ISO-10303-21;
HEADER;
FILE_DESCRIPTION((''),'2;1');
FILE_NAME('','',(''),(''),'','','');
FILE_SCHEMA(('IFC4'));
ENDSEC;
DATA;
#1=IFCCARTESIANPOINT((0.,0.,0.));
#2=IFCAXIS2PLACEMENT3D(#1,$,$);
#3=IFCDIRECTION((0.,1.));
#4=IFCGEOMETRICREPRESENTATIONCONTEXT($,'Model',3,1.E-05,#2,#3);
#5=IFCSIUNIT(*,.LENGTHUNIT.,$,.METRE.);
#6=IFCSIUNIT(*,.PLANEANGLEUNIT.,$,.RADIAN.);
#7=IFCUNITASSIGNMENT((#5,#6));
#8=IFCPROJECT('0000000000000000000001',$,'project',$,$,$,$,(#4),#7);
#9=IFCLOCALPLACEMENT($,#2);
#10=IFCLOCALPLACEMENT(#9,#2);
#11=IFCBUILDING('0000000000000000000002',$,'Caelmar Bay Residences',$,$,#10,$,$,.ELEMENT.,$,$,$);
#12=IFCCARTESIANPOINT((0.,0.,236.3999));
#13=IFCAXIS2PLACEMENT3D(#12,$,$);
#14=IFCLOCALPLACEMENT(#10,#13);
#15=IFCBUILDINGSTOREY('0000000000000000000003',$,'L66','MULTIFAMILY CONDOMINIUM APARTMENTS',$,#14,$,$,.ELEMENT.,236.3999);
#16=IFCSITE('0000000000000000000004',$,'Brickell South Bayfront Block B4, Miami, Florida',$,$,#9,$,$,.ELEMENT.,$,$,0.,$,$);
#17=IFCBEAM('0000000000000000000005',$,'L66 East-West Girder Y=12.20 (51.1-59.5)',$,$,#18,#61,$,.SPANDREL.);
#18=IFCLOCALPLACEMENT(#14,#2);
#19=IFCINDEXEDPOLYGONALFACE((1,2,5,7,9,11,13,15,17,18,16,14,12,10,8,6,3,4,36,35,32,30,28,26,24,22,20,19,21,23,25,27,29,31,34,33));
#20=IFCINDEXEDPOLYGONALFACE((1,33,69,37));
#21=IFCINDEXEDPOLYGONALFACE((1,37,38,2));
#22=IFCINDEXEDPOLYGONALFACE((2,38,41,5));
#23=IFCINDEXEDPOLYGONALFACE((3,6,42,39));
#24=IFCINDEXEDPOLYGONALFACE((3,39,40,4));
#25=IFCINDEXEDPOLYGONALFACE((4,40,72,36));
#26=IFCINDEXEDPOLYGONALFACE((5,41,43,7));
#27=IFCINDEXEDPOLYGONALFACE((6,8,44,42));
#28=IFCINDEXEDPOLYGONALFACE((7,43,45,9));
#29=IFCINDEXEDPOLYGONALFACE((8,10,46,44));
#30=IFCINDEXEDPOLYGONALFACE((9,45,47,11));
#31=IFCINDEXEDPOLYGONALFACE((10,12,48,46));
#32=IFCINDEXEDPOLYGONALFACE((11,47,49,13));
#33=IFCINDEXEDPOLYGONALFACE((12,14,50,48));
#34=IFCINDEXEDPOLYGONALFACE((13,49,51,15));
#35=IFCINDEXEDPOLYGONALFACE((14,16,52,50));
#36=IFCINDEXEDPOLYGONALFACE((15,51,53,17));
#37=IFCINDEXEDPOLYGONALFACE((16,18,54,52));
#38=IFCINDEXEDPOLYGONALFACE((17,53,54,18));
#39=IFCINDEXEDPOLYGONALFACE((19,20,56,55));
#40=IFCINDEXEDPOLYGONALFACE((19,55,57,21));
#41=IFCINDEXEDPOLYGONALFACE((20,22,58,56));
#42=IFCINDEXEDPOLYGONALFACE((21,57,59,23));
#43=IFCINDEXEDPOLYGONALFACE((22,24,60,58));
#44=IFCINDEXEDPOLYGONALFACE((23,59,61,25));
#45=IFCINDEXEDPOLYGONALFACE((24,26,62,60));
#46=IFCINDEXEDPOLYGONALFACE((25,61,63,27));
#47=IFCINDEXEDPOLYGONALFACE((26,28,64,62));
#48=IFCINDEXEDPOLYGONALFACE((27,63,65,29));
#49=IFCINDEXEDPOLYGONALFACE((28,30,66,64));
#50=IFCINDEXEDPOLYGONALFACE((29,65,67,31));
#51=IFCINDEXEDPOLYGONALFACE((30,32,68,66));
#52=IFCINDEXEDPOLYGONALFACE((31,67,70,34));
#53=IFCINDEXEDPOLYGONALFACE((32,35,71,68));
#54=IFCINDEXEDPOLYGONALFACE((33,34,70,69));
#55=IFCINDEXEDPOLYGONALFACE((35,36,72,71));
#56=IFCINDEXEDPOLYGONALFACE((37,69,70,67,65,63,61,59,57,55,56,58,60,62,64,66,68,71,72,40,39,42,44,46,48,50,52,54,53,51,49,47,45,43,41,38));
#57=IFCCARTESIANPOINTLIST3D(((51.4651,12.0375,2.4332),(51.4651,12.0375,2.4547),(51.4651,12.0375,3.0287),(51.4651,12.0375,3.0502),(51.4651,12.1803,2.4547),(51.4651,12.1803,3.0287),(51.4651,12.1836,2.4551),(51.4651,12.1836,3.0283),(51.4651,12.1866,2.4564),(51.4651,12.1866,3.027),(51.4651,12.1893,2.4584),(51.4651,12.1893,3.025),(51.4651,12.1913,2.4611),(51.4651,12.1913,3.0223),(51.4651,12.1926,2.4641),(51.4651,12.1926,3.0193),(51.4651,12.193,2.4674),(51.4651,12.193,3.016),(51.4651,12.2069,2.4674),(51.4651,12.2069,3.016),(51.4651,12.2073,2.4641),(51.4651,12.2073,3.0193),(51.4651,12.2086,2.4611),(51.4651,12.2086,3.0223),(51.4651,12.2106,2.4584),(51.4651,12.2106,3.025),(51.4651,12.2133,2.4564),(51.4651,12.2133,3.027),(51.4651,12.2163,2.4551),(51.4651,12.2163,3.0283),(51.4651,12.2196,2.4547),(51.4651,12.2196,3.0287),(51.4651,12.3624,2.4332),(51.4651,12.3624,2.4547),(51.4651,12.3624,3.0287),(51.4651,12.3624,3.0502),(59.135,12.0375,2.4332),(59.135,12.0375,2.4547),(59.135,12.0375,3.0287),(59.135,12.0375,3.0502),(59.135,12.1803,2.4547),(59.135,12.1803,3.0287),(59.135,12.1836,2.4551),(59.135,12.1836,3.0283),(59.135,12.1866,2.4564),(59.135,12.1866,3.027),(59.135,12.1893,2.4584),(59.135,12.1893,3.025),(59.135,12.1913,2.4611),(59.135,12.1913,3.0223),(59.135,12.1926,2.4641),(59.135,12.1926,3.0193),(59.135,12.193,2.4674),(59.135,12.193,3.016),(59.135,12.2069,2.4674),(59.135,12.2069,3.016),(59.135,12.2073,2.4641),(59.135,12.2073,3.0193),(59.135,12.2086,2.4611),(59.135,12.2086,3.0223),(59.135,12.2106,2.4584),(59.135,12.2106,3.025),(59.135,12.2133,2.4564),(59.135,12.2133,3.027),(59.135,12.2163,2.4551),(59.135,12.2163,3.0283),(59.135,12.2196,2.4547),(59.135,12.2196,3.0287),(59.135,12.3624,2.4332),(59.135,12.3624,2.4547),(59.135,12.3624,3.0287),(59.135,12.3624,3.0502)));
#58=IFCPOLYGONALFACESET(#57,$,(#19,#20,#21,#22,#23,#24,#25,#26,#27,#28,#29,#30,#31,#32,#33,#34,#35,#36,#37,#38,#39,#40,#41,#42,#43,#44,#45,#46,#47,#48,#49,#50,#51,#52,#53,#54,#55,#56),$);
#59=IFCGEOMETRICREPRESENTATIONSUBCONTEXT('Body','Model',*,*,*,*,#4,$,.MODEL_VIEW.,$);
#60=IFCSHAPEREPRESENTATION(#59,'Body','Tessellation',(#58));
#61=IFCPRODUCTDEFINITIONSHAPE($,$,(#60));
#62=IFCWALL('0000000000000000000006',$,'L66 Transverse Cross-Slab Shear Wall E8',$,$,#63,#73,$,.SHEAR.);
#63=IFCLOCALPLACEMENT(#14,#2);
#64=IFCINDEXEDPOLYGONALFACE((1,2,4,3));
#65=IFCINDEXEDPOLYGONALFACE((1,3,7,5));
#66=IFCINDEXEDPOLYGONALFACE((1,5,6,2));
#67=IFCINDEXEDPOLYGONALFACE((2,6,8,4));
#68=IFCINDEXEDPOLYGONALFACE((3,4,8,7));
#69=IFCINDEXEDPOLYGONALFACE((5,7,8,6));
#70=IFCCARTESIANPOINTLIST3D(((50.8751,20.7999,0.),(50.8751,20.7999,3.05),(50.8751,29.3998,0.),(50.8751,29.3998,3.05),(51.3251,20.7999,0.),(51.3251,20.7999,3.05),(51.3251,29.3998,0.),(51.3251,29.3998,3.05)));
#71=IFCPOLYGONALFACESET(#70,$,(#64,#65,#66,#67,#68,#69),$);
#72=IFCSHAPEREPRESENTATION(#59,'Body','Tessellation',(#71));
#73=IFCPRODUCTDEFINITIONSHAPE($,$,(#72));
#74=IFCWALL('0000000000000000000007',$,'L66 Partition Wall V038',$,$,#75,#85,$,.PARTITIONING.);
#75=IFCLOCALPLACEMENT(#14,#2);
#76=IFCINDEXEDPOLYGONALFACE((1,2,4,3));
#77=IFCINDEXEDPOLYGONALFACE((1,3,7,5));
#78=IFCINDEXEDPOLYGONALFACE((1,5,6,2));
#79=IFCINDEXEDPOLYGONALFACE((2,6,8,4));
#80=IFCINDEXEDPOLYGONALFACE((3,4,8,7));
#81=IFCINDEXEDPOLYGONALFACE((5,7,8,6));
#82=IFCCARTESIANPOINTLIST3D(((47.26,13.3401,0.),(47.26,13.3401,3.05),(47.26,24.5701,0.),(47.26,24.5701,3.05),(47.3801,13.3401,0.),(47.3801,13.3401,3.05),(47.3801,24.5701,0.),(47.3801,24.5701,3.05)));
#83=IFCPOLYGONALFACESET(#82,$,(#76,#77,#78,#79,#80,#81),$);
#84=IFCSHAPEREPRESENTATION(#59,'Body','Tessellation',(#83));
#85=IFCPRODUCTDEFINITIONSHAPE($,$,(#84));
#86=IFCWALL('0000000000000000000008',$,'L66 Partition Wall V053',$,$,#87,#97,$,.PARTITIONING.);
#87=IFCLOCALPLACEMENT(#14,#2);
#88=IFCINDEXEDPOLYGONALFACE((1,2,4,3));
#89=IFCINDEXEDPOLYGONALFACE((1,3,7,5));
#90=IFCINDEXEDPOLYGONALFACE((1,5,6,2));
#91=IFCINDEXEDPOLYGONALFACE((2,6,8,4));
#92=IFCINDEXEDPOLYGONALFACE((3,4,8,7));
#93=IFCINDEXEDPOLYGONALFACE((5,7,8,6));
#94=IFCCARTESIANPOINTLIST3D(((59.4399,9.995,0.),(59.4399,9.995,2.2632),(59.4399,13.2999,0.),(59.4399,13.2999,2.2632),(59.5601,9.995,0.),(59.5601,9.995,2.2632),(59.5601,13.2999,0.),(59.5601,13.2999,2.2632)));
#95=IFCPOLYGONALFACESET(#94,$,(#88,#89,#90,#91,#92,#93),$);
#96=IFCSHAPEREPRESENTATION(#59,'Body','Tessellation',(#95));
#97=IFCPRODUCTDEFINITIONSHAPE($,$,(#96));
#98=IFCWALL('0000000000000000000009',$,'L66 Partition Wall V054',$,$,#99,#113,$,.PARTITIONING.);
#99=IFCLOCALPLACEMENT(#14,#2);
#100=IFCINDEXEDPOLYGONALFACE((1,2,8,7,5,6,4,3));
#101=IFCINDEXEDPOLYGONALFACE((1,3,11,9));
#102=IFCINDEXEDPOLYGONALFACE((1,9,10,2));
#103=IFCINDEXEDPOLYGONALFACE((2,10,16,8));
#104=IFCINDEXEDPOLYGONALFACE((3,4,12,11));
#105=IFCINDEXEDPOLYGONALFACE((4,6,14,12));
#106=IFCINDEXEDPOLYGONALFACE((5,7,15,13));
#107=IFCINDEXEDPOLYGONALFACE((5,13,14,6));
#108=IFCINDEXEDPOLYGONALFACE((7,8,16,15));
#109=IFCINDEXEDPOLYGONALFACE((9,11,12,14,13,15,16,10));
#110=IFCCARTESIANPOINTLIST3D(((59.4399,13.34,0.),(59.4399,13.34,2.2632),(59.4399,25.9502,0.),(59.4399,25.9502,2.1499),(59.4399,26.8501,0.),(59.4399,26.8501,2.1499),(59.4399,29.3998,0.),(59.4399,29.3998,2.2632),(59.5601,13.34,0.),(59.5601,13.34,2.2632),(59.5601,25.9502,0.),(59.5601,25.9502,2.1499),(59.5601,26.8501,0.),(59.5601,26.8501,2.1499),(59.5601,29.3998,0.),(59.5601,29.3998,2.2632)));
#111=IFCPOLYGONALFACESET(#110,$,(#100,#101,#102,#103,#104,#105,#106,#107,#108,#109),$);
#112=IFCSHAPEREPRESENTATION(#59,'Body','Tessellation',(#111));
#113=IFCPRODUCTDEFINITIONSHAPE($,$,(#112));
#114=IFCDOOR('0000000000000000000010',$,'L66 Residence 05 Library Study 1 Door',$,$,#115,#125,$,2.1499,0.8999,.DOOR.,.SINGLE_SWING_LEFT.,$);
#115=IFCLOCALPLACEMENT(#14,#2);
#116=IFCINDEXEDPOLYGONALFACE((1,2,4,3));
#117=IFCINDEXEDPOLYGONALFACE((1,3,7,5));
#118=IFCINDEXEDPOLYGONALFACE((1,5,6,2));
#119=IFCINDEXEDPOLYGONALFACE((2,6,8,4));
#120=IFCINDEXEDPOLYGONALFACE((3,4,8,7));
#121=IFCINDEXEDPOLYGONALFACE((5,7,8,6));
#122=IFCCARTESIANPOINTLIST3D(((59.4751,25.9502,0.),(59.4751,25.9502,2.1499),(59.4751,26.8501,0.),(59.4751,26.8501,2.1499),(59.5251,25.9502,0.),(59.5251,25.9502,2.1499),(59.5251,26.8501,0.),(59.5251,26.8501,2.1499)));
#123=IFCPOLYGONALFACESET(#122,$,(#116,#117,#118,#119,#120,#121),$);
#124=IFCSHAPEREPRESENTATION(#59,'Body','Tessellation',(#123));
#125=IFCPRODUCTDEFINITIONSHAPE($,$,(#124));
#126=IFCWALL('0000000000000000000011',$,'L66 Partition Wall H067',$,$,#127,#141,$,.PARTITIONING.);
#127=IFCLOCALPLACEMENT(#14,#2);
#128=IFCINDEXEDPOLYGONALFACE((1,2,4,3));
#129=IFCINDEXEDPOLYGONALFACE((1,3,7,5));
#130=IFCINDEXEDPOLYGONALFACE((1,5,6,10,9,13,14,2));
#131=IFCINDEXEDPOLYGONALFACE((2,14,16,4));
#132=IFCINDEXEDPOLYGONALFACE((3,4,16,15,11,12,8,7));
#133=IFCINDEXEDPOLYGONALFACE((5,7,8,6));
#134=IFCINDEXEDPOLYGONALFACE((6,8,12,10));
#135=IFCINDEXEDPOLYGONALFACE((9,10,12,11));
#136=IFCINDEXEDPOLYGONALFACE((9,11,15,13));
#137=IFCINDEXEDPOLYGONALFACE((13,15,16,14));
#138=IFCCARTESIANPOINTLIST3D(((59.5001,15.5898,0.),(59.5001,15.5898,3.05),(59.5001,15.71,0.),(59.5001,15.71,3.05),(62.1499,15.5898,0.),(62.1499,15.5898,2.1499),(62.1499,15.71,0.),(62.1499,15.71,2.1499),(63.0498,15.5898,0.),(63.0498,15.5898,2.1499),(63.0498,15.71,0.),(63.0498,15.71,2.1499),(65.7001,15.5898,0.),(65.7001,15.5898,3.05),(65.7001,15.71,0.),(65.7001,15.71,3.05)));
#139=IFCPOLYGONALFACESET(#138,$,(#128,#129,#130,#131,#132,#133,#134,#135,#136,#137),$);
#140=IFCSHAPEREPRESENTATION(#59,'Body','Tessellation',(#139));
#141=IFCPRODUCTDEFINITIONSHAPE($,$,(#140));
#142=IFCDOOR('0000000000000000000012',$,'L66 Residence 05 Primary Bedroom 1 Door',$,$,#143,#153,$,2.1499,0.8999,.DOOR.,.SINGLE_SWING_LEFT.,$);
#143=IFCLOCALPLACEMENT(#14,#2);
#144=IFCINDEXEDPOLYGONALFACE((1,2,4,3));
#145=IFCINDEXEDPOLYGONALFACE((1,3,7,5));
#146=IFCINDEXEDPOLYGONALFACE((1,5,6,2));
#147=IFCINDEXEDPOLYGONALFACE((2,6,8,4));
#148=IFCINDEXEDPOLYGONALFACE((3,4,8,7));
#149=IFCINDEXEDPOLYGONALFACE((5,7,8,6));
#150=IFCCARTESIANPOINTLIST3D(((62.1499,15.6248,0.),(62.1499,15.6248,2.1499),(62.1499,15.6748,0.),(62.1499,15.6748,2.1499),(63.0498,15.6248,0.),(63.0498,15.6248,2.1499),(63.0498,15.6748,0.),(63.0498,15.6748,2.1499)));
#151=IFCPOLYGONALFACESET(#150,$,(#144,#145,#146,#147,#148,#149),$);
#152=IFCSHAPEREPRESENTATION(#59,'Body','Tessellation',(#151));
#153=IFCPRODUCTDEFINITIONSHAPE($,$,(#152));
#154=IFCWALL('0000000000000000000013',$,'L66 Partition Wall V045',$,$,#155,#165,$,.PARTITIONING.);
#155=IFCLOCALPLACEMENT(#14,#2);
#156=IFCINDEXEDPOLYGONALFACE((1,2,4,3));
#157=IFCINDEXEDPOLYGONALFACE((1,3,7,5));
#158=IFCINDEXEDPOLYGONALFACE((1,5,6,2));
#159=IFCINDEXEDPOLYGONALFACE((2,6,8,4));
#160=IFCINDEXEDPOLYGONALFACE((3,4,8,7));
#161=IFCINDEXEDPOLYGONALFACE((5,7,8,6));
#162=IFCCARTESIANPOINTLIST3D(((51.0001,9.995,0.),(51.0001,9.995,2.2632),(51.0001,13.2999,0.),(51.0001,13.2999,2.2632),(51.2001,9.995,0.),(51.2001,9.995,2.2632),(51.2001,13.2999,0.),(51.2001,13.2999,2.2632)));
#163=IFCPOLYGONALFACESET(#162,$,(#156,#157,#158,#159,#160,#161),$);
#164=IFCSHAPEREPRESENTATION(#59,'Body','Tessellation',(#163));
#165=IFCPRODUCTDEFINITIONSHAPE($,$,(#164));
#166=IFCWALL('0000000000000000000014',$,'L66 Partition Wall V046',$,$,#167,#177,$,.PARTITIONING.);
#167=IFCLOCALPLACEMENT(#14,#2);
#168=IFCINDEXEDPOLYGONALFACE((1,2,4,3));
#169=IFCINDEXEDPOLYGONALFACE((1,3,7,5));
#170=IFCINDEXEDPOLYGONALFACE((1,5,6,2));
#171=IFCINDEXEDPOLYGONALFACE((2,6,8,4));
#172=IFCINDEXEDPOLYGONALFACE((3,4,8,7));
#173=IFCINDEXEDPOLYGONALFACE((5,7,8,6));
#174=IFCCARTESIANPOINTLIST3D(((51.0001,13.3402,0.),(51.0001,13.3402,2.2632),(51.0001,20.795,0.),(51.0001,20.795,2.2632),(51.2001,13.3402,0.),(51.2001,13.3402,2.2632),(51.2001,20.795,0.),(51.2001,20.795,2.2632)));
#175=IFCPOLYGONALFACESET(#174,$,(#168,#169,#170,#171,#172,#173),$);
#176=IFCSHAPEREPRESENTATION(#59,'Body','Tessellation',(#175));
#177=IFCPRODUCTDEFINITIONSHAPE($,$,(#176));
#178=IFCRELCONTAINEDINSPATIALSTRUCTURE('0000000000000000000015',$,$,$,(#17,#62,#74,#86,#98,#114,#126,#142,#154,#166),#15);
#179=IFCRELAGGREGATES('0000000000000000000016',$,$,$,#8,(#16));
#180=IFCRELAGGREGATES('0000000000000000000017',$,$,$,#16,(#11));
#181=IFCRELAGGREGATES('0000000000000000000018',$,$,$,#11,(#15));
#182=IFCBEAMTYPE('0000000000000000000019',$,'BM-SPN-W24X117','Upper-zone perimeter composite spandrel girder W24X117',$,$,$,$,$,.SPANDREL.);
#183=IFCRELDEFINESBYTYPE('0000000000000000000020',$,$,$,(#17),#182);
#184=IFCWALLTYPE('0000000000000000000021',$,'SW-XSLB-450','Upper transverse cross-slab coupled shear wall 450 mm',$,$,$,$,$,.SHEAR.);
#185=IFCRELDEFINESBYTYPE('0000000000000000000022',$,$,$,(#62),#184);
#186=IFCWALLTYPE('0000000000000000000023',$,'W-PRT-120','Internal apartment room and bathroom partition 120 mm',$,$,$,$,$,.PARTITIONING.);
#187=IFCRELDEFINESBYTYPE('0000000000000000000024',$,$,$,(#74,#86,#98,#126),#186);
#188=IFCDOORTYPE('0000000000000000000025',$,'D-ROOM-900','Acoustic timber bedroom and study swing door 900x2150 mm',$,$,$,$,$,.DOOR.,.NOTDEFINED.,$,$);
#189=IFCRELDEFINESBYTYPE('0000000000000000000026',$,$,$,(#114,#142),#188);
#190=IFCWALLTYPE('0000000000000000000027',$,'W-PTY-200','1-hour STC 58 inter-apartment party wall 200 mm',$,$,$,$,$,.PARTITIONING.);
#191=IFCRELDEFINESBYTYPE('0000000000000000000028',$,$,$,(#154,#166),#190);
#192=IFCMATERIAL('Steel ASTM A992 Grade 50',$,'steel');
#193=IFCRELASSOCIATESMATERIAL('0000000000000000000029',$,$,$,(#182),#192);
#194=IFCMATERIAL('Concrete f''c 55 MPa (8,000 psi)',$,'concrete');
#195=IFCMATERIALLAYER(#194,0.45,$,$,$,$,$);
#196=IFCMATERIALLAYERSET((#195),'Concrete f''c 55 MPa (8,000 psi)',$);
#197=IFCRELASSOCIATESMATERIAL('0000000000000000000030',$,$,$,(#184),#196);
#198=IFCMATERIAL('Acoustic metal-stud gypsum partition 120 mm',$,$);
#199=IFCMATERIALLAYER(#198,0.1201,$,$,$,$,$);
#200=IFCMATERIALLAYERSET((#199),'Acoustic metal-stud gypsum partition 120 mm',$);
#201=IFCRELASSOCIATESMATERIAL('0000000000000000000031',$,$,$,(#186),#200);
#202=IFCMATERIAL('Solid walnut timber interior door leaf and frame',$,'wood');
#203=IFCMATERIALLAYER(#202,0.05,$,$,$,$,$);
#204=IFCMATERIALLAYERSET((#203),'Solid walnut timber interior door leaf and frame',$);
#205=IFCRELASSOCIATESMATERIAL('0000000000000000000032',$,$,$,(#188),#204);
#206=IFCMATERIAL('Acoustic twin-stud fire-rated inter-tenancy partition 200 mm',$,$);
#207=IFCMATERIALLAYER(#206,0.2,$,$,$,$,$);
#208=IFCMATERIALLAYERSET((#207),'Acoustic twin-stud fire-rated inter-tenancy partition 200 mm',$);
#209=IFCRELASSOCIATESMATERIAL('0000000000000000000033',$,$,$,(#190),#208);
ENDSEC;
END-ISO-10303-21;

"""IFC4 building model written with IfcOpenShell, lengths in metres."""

from ifc_helpers import new_model, si_unit, direction, frame, frame_2d, origin, origin_2d, place, context, subcontext, project, spatial, rectangle, i_section, extrude, material, layer, layer_set, material_profile, profile_set, type_object, element, fill, save


model = new_model("IFC4")

# Units and contexts
model_context = context("Model", 3, precision=1e-05, world=origin(), true_north=direction((0.0, 1.0)))
body_context = subcontext(model_context, "Body", "Model", "MODEL_VIEW")
ifc_project = project(units=[si_unit("LENGTHUNIT", "METRE"), si_unit("PLANEANGLEUNIT", "RADIAN")], contexts=[model_context])

# Site, building, storey
site_placement = place(None, origin())
site = spatial("IfcSite", under=ifc_project, at=site_placement, Name="Brickell South Bayfront Block B4, Miami, Florida", CompositionType="ELEMENT", RefElevation=0.0)
building_placement = place(site_placement, origin())
building = spatial("IfcBuilding", under=site, at=building_placement, Name="Caelmar Bay Residences", CompositionType="ELEMENT")
storey_placement = place(building_placement, frame((0.0, 0.0, 236.3999)))
storey = spatial("IfcBuildingStorey", under=building, at=storey_placement, Name="L66", Description="MULTIFAMILY CONDOMINIUM APARTMENTS", CompositionType="ELEMENT", Elevation=236.3999)

# Shared definitions
ifc_material_1 = material(Name="Concrete f'c 55 MPa (8,000 psi)", Category="concrete")

# Beam
ifc_material_2 = material(Name="Steel ASTM A992 Grade 50", Category="steel")
ifc_material_profile_1 = material_profile(ifc_material_2, i_section(OverallWidth=0.325, OverallDepth=0.6169, WebThickness=0.0139, FlangeThickness=0.0215, FilletRadius=0.0127, at=origin_2d()), Name="W24X117")
ifc_profile_set_1 = profile_set([ifc_material_profile_1], Name="Steel ASTM A992 Grade 50")
beam_type_1 = type_object("IfcBeamType", Name="BM-SPN-W24X117", Description="Upper-zone perimeter composite spandrel girder W24X117", PredefinedType="SPANDREL", material=ifc_profile_set_1)
beam_1_placement = place(storey_placement, frame((51.4651, 12.2, 2.7417), z_axis=(1.0, 0.0, 0.0), x_axis=(0.0, 1.0, 0.0)))
element("IfcBeam", 1, at=beam_1_placement, inside=storey, type_object=beam_type_1, Name="L66 East-West Girder Y=12.20 (51.1-59.5)", PredefinedType="SPANDREL", context=body_context, shape_type="SweptSolid", body=[
    extrude(i_section(OverallWidth=0.325, OverallDepth=0.6169, WebThickness=0.0139, FlangeThickness=0.0215, FilletRadius=0.0127, at=origin_2d()), origin(), (0.0, 0.0, 1.0), 7.6699),
])

# Walls
ifc_layer_1 = layer(ifc_material_1, 0.45)
ifc_layer_set_1 = layer_set([ifc_layer_1], Name="Concrete f'c 55 MPa (8,000 psi)")
wall_type_1 = type_object("IfcWallType", Name="SW-XSLB-450", Description="Upper transverse cross-slab coupled shear wall 450 mm", PredefinedType="SHEAR", material=ifc_layer_set_1)
wall_1_placement = place(storey_placement, frame((51.1001, 20.8, 0.0), z_axis=(0.0, 0.0, 1.0), x_axis=(0.0, 1.0, 0.0)))
element("IfcWall", 2, at=wall_1_placement, inside=storey, type_object=wall_type_1, Name="L66 Transverse Cross-Slab Shear Wall E8", PredefinedType="SHEAR", context=body_context, shape_type="SweptSolid", body=[
    extrude(rectangle(XDim=8.5999, YDim=0.45, at=frame_2d((4.2998, 0.0))), origin(), (0.0, 0.0, 1.0), 3.05),
])
ifc_material_3 = material(Name="Acoustic metal-stud gypsum partition 120 mm")
ifc_layer_2 = layer(ifc_material_3, 0.1201)
ifc_layer_set_2 = layer_set([ifc_layer_2], Name="Acoustic metal-stud gypsum partition 120 mm")
wall_type_2 = type_object("IfcWallType", Name="W-PRT-120", Description="Internal apartment room and bathroom partition 120 mm", PredefinedType="PARTITIONING", material=ifc_layer_set_2)
wall_2_placement = place(storey_placement, frame((47.3201, 13.3401, 0.0), z_axis=(0.0, 0.0, 1.0), x_axis=(0.0, 1.0, 0.0)))
element("IfcWall", 3, at=wall_2_placement, inside=storey, type_object=wall_type_2, Name="L66 Partition Wall V038", PredefinedType="PARTITIONING", context=body_context, shape_type="SweptSolid", body=[
    extrude(rectangle(XDim=11.23, YDim=0.1201, at=frame_2d((5.615, 0.0))), origin(), (0.0, 0.0, 1.0), 3.05),
])
wall_3_placement = place(storey_placement, frame((59.5, 9.9951, 0.0), z_axis=(0.0, 0.0, 1.0), x_axis=(0.0, 1.0, 0.0)))
element("IfcWall", 4, at=wall_3_placement, inside=storey, type_object=wall_type_2, Name="L66 Partition Wall V053", PredefinedType="PARTITIONING", context=body_context, shape_type="SweptSolid", body=[
    extrude(rectangle(XDim=3.3049, YDim=0.1201, at=frame_2d((1.6523, 0.0))), origin(), (0.0, 0.0, 1.0), 2.2632),
])

# Walls, openings, doors
wall_4_placement = place(storey_placement, frame((59.5, 13.3401, 0.0), z_axis=(0.0, 0.0, 1.0), x_axis=(0.0, 1.0, 0.0)))
wall_4 = element("IfcWall", 5, at=wall_4_placement, inside=storey, type_object=wall_type_2, Name="L66 Partition Wall V054", PredefinedType="PARTITIONING", context=body_context, shape_type="SweptSolid", body=[
    extrude(rectangle(XDim=16.0598, YDim=0.1201, at=frame_2d((8.0298, 0.0))), origin(), (0.0, 0.0, 1.0), 2.2632),
])
opening_1_placement = place(wall_4_placement, frame((12.6101, 0.0, 0.0)))
opening_1 = element("IfcOpeningElement", 6, at=opening_1_placement, cuts=wall_4, PredefinedType="OPENING", context=body_context, shape_type="SweptSolid", body=[
    extrude(rectangle(XDim=0.8999, YDim=2.1499, at=frame_2d((0.45, 1.075))), frame((0.0, 0.0701, 0.0), z_axis=(0.0, -1.0, 0.0), x_axis=(1.0, 0.0, 0.0)), (0.0, 0.0, 1.0), 0.1401),
])
ifc_material_4 = material(Name="Solid walnut timber interior door leaf and frame", Category="wood")
ifc_layer_3 = layer(ifc_material_4, 0.05)
ifc_layer_set_3 = layer_set([ifc_layer_3], Name="Solid walnut timber interior door leaf and frame")
door_type = type_object("IfcDoorType", Name="D-ROOM-900", Description="Acoustic timber bedroom and study swing door 900x2150 mm", OperationType="NOTDEFINED", PredefinedType="DOOR", material=ifc_layer_set_3)
door_1_placement = place(opening_1_placement, origin())
door_1 = element("IfcDoor", 7, at=door_1_placement, inside=storey, type_object=door_type, Name="L66 Residence 05 Library Study 1 Door", OperationType="SINGLE_SWING_LEFT", OverallHeight=2.1499, OverallWidth=0.8999, PredefinedType="DOOR", context=body_context, shape_type="SweptSolid", body=[
    extrude(rectangle(XDim=0.8999, YDim=2.1499, at=frame_2d((0.45, 1.075))), frame((0.0, 0.0249, 0.0), z_axis=(0.0, -1.0, 0.0), x_axis=(1.0, 0.0, 0.0)), (0.0, 0.0, 1.0), 0.05),
])
fill(opening_1, door_1)
wall_5_placement = place(storey_placement, frame((59.5, 15.6499, 0.0), z_axis=(0.0, 0.0, 1.0), x_axis=(1.0, 0.0, 0.0)))
wall_5 = element("IfcWall", 8, at=wall_5_placement, inside=storey, type_object=wall_type_2, Name="L66 Partition Wall H067", PredefinedType="PARTITIONING", context=body_context, shape_type="SweptSolid", body=[
    extrude(rectangle(XDim=6.2, YDim=0.1201, at=frame_2d((3.1001, 0.0))), origin(), (0.0, 0.0, 1.0), 3.05),
])
opening_2_placement = place(wall_5_placement, frame((2.6499, 0.0, 0.0)))
opening_2 = element("IfcOpeningElement", 9, at=opening_2_placement, cuts=wall_5, PredefinedType="OPENING", context=body_context, shape_type="SweptSolid", body=[
    extrude(rectangle(XDim=0.8999, YDim=2.1499, at=frame_2d((0.45, 1.075))), frame((0.0, 0.0701, 0.0), z_axis=(0.0, -1.0, 0.0), x_axis=(1.0, 0.0, 0.0)), (0.0, 0.0, 1.0), 0.1401),
])
door_2_placement = place(opening_2_placement, origin())
door_2 = element("IfcDoor", 10, at=door_2_placement, inside=storey, type_object=door_type, Name="L66 Residence 05 Primary Bedroom 1 Door", OperationType="SINGLE_SWING_LEFT", OverallHeight=2.1499, OverallWidth=0.8999, PredefinedType="DOOR", context=body_context, shape_type="SweptSolid", body=[
    extrude(rectangle(XDim=0.8999, YDim=2.1499, at=frame_2d((0.45, 1.075))), frame((0.0, 0.0249, 0.0), z_axis=(0.0, -1.0, 0.0), x_axis=(1.0, 0.0, 0.0)), (0.0, 0.0, 1.0), 0.05),
])
fill(opening_2, door_2)

# Walls
ifc_material_5 = material(Name="Acoustic twin-stud fire-rated inter-tenancy partition 200 mm")
ifc_layer_4 = layer(ifc_material_5, 0.2)
ifc_layer_set_4 = layer_set([ifc_layer_4], Name="Acoustic twin-stud fire-rated inter-tenancy partition 200 mm")
wall_type_3 = type_object("IfcWallType", Name="W-PTY-200", Description="1-hour STC 58 inter-apartment party wall 200 mm", PredefinedType="PARTITIONING", material=ifc_layer_set_4)
wall_6_placement = place(storey_placement, frame((51.1001, 9.9951, 0.0), z_axis=(0.0, 0.0, 1.0), x_axis=(0.0, 1.0, 0.0)))
element("IfcWall", 11, at=wall_6_placement, inside=storey, type_object=wall_type_3, Name="L66 Partition Wall V045", PredefinedType="PARTITIONING", context=body_context, shape_type="SweptSolid", body=[
    extrude(rectangle(XDim=3.3049, YDim=0.2, at=frame_2d((1.6523, 0.0))), origin(), (0.0, 0.0, 1.0), 2.2632),
])
wall_7_placement = place(storey_placement, frame((51.1001, 13.3401, 0.0), z_axis=(0.0, 0.0, 1.0), x_axis=(0.0, 1.0, 0.0)))
element("IfcWall", 12, at=wall_7_placement, inside=storey, type_object=wall_type_3, Name="L66 Partition Wall V046", PredefinedType="PARTITIONING", context=body_context, shape_type="SweptSolid", body=[
    extrude(rectangle(XDim=7.4548, YDim=0.2, at=frame_2d((3.7275, 0.0))), origin(), (0.0, 0.0, 1.0), 2.2632),
])

save(model, "model.ifc")
